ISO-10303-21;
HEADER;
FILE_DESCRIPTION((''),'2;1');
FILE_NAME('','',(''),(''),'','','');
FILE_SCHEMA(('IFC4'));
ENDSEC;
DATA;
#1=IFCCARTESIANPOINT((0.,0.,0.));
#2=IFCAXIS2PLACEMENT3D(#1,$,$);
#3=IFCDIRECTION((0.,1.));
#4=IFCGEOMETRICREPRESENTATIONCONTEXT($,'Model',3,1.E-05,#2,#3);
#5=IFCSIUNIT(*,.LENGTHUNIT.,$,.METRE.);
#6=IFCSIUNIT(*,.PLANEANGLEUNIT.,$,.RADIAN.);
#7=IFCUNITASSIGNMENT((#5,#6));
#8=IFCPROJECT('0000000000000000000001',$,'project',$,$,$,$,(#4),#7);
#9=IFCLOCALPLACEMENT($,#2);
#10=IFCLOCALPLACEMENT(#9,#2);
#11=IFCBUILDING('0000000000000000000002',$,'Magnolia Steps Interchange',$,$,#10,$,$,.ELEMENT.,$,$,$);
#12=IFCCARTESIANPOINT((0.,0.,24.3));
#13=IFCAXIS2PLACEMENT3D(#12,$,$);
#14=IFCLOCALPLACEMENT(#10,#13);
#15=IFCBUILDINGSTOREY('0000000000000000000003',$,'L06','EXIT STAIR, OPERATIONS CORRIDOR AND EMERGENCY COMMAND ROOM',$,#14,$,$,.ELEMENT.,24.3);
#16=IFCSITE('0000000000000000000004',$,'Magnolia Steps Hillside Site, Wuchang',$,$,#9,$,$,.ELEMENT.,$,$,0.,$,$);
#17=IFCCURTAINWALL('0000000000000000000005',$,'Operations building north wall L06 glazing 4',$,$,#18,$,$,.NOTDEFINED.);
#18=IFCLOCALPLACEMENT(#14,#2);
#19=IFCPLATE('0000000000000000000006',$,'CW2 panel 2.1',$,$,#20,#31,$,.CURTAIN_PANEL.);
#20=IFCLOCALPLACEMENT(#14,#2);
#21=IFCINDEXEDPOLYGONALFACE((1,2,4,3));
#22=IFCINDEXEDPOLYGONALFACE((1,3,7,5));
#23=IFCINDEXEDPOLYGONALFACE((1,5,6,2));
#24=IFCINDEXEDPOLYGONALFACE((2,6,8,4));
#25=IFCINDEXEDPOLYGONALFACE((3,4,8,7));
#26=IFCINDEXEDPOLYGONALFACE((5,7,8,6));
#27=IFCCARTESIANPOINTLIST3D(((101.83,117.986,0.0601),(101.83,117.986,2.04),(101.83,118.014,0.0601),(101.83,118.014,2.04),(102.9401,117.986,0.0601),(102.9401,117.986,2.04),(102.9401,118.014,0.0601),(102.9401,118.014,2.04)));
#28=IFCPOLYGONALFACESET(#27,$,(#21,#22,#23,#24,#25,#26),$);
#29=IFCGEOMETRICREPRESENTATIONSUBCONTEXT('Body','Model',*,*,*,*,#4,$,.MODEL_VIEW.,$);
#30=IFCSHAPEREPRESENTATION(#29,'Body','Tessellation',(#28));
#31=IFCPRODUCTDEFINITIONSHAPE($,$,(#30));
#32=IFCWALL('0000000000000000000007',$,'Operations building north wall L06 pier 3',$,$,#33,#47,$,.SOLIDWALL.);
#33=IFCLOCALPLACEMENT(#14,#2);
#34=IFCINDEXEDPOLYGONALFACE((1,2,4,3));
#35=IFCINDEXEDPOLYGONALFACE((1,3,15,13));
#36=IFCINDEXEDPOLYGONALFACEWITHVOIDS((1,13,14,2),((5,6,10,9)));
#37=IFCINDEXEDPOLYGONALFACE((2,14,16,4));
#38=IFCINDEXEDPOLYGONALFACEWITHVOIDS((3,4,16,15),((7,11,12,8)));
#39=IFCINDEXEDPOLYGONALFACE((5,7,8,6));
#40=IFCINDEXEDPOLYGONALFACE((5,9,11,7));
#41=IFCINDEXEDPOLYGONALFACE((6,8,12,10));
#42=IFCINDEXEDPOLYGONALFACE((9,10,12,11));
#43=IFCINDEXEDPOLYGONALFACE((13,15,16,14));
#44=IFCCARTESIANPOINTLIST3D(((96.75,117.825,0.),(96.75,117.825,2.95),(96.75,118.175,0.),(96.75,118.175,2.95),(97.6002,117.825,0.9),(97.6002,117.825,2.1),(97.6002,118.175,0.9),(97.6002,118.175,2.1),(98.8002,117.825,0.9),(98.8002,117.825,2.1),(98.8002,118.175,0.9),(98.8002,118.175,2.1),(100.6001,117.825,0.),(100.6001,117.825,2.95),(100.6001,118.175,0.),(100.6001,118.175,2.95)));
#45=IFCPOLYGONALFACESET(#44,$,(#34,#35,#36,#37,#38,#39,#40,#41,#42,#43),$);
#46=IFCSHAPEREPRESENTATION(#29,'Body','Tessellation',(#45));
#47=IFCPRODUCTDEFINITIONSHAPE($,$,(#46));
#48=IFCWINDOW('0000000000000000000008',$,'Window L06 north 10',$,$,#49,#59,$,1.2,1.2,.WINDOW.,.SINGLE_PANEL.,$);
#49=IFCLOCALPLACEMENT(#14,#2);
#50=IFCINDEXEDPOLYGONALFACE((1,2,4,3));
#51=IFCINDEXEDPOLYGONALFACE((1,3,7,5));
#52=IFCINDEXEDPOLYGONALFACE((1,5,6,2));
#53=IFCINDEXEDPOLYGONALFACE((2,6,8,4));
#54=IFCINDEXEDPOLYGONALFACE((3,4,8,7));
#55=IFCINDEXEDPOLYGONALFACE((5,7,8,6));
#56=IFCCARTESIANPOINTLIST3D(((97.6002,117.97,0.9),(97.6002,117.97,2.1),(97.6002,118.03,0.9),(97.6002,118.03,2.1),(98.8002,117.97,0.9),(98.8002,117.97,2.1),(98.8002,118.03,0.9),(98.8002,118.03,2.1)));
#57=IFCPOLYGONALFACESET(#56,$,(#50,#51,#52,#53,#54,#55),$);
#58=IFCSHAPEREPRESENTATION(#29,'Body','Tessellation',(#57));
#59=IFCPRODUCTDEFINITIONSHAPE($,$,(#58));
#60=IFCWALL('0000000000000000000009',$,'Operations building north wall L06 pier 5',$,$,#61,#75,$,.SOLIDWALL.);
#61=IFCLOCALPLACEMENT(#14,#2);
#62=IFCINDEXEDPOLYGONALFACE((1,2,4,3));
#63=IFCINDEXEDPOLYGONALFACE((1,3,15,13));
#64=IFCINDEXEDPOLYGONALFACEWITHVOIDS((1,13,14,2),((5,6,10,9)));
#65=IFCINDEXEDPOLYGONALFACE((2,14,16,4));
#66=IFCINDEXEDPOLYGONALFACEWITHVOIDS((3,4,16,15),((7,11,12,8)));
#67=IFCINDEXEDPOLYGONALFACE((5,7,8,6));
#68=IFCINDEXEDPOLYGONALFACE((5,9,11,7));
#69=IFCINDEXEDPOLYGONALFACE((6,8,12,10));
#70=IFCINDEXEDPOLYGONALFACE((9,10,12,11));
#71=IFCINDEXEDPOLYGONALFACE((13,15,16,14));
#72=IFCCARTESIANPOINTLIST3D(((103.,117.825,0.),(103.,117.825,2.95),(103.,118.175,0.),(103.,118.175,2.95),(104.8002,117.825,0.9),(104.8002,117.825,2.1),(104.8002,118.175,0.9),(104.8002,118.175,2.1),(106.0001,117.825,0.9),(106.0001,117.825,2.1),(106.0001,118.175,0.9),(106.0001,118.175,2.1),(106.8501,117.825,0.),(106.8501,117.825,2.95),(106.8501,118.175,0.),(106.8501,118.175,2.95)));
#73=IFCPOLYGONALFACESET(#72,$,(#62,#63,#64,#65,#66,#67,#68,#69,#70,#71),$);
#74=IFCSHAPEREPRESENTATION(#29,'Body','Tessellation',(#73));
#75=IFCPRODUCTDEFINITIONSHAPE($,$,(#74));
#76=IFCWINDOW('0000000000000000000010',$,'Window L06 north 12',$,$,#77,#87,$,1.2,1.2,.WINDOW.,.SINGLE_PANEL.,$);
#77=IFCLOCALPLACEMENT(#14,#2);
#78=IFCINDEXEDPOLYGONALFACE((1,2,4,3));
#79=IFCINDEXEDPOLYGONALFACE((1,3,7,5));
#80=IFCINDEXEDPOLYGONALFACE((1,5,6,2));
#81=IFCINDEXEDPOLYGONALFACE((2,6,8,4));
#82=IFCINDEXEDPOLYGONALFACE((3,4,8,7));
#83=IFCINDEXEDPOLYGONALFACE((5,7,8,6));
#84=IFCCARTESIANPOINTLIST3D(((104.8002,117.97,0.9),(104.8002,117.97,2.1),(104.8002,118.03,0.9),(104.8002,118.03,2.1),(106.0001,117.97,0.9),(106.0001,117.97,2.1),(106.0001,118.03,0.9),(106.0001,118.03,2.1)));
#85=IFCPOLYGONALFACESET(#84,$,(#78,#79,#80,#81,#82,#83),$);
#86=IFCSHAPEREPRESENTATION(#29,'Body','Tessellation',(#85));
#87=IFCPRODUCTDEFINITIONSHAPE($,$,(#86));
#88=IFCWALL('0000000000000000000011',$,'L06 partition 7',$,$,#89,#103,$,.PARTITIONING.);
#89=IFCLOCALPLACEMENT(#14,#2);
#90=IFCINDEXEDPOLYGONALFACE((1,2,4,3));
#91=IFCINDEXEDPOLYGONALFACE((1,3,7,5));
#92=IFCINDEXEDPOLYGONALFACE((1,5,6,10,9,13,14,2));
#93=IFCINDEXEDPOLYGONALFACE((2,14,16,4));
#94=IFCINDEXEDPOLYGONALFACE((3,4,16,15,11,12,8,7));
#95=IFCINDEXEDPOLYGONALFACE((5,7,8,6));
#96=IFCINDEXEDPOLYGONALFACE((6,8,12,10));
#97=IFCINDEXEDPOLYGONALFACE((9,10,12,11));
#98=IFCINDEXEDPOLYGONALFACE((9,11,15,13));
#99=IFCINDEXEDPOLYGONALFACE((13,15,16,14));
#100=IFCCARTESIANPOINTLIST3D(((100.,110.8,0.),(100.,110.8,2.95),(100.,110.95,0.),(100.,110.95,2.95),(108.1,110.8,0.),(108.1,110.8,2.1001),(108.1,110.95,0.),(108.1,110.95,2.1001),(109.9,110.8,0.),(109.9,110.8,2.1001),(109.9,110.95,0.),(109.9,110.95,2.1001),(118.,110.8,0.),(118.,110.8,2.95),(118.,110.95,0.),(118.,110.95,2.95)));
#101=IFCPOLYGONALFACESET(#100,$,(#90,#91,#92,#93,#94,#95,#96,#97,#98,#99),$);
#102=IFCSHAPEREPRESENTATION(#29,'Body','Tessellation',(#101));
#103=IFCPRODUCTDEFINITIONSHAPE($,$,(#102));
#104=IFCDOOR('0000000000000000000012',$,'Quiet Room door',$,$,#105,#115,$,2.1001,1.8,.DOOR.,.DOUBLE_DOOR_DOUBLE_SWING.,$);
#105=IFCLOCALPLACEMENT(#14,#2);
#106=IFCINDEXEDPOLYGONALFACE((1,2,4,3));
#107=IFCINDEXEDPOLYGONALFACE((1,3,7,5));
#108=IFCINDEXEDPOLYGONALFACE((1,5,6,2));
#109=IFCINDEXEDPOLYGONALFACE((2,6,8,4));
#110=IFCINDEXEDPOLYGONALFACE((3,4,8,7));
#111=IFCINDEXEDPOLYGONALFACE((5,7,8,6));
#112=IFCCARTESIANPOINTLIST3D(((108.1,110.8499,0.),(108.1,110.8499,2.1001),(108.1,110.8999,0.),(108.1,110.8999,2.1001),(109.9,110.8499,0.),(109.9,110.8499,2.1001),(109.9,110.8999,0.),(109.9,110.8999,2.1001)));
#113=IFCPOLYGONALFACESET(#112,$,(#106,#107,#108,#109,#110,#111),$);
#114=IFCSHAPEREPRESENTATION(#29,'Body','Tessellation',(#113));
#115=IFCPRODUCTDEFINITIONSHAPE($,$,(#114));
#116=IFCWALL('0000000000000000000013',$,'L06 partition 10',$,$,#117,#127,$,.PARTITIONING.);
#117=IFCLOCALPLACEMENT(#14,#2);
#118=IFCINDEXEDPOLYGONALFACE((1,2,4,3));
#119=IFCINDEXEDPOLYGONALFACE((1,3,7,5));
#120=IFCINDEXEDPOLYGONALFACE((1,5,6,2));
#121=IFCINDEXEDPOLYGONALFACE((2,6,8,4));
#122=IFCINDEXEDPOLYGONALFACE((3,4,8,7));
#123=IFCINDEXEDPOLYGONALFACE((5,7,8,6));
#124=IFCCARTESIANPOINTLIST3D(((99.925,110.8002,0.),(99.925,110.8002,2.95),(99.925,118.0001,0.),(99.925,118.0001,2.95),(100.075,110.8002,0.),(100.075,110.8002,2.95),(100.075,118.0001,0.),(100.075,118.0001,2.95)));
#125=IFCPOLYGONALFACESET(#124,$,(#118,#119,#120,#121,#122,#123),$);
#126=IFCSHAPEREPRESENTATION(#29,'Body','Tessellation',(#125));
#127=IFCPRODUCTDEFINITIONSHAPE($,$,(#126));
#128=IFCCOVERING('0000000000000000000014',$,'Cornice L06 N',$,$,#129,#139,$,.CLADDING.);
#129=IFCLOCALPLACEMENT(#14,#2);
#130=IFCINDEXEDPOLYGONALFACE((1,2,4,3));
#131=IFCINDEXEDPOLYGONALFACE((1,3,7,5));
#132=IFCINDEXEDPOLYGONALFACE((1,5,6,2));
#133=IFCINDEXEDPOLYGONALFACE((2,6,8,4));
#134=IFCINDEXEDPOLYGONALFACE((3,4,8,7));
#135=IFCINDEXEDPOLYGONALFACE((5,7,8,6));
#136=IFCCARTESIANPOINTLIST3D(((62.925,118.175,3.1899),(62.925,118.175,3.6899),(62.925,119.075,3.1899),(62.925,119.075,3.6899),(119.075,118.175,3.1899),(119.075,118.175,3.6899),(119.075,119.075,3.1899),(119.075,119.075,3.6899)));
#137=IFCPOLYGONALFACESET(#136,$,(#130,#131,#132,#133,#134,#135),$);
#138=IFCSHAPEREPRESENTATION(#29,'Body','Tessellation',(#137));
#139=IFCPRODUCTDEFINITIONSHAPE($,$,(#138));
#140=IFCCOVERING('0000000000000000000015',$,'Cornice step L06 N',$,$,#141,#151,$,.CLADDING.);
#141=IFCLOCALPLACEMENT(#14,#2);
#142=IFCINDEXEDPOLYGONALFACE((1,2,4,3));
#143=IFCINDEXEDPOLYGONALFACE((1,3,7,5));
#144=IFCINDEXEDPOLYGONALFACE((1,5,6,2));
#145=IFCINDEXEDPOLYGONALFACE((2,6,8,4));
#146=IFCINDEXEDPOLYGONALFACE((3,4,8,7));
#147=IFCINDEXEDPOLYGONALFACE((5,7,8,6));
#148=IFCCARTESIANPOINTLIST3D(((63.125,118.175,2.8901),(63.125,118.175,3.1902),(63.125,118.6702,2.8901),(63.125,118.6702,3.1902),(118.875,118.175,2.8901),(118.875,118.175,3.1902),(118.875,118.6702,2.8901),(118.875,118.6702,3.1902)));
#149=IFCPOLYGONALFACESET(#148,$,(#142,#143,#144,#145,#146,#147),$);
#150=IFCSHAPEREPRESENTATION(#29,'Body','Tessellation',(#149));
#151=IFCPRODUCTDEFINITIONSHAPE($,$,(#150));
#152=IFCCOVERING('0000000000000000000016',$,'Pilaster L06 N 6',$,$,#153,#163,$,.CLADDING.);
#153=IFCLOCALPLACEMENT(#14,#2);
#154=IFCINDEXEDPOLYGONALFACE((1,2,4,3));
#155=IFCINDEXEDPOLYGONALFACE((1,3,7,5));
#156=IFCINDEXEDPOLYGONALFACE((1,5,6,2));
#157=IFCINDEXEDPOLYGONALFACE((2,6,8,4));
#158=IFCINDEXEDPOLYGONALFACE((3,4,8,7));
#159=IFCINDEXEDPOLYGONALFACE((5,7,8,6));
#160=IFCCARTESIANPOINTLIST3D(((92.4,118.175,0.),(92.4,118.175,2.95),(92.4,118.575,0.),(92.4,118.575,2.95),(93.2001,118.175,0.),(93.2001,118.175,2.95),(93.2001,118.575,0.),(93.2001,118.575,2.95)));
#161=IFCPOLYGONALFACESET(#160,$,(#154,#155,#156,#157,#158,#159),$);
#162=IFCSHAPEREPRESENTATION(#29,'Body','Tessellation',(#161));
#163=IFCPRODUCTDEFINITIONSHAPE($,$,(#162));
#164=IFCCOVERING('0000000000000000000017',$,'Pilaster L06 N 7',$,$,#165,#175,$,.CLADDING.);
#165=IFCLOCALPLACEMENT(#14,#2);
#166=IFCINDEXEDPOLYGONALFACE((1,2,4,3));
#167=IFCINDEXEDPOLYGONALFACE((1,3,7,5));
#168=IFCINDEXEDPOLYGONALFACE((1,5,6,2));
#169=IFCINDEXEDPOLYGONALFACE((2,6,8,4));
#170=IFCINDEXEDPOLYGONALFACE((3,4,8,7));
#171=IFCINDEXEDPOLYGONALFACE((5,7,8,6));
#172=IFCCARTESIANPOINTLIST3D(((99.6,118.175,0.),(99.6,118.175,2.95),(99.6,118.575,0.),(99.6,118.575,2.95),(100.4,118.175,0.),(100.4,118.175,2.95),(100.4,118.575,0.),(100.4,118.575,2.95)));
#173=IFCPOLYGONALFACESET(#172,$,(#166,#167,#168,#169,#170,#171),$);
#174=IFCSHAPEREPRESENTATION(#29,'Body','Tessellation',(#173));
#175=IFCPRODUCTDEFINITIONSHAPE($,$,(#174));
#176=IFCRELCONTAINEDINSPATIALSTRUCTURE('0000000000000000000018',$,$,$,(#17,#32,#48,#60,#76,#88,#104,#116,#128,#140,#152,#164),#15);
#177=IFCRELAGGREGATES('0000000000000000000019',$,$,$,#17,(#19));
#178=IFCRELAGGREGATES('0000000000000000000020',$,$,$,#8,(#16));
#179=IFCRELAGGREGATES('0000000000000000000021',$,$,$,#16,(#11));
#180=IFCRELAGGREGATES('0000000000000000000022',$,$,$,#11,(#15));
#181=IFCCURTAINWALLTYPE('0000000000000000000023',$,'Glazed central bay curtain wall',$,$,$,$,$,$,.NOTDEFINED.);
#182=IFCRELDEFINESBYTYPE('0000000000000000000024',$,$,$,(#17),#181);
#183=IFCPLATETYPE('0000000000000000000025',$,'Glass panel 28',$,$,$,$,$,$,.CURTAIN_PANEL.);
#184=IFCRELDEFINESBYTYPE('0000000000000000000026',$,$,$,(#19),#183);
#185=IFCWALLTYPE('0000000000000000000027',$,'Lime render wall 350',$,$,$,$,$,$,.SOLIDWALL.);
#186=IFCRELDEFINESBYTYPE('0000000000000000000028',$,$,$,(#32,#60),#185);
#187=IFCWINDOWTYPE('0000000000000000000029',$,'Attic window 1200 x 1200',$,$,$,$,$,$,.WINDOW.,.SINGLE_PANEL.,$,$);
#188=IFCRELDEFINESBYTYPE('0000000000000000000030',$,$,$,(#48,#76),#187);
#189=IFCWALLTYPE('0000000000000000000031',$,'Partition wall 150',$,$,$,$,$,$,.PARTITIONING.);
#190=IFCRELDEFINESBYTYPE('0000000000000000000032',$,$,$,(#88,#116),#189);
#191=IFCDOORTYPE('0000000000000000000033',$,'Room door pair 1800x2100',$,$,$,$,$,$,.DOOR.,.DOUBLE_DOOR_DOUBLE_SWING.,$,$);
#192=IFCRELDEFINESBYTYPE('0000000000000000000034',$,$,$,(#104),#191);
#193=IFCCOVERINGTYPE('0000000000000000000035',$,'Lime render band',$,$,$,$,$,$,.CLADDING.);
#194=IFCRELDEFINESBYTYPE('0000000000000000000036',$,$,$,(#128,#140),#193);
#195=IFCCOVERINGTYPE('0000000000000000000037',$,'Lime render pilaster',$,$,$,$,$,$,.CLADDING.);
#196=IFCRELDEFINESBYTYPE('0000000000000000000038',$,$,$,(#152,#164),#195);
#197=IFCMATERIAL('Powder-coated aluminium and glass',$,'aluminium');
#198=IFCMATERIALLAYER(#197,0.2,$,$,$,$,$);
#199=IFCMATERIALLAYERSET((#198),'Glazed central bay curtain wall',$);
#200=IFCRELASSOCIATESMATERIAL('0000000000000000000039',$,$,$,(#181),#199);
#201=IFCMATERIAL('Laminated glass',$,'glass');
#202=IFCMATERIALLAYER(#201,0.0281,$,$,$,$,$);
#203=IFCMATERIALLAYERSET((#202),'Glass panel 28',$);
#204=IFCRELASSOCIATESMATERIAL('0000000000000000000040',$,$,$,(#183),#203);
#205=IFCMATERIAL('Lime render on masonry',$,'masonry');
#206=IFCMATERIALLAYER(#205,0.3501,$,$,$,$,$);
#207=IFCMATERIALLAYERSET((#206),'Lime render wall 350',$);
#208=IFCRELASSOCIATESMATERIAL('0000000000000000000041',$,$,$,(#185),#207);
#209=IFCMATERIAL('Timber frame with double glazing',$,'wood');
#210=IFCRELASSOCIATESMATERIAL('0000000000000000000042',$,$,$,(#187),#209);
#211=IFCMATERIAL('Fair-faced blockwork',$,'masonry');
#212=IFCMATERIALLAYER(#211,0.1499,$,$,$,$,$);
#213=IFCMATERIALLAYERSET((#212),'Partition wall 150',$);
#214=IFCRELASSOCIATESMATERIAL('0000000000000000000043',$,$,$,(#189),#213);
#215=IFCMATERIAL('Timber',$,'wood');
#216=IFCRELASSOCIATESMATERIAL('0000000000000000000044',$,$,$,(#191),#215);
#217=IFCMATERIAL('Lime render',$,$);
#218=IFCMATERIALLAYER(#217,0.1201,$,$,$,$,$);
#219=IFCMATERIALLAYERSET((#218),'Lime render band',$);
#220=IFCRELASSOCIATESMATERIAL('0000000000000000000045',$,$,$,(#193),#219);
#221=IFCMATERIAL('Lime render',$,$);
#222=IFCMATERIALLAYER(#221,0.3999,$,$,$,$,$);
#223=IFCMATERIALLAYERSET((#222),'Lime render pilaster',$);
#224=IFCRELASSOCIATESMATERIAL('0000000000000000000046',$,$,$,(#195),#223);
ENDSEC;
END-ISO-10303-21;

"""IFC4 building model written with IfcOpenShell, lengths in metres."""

from ifc_helpers import new_model, si_unit, direction, frame, frame_2d, origin, origin_2d, place, context, subcontext, project, spatial, rectangle, extrude, material, layer, layer_set, type_object, element, fill, aggregate, save


model = new_model("IFC4")

# Units and contexts
model_context = context("Model", 3, precision=1e-05, world=origin(), true_north=direction((0.0, 1.0)))
body_context = subcontext(model_context, "Body", "Model", "MODEL_VIEW")
ifc_project = project(units=[si_unit("LENGTHUNIT", "METRE"), si_unit("PLANEANGLEUNIT", "RADIAN")], contexts=[model_context])

# Site, building, storey
site_placement = place(None, origin())
site = spatial("IfcSite", under=ifc_project, at=site_placement, Name="Magnolia Steps Hillside Site, Wuchang", CompositionType="ELEMENT", RefElevation=0.0)
building_placement = place(site_placement, origin())
building = spatial("IfcBuilding", under=site, at=building_placement, Name="Magnolia Steps Interchange", CompositionType="ELEMENT")
storey_placement = place(building_placement, frame((0.0, 0.0, 24.3)))
storey = spatial("IfcBuildingStorey", under=building, at=storey_placement, Name="L06", Description="EXIT STAIR, OPERATIONS CORRIDOR AND EMERGENCY COMMAND ROOM", CompositionType="ELEMENT", Elevation=24.3)

# Curtain wall
ifc_material_1 = material(Name="Powder-coated aluminium and glass", Category="aluminium")
ifc_layer_1 = layer(ifc_material_1, 0.2)
ifc_layer_set_1 = layer_set([ifc_layer_1], Name="Glazed central bay curtain wall")
curtain_wall_type = type_object("IfcCurtainWallType", Name="Glazed central bay curtain wall", PredefinedType="NOTDEFINED", material=ifc_layer_set_1)
curtain_wall_placement = place(storey_placement, origin())
curtain_wall = element("IfcCurtainWall", 1, at=curtain_wall_placement, inside=storey, type_object=curtain_wall_type, Name="Operations building north wall L06 glazing 4", PredefinedType="NOTDEFINED")

# Plate
ifc_material_2 = material(Name="Laminated glass", Category="glass")
ifc_layer_2 = layer(ifc_material_2, 0.0281)
ifc_layer_set_2 = layer_set([ifc_layer_2], Name="Glass panel 28")
plate_type = type_object("IfcPlateType", Name="Glass panel 28", PredefinedType="CURTAIN_PANEL", material=ifc_layer_set_2)
plate_1_placement = place(storey_placement, frame((102.385, 118.0, 0.0601), z_axis=(0.0, 0.0, 1.0), x_axis=(1.0, 0.0, 0.0)))
plate_1 = element("IfcPlate", 2, at=plate_1_placement, type_object=plate_type, Name="CW2 panel 2.1", PredefinedType="CURTAIN_PANEL", context=body_context, shape_type="SweptSolid", body=[
    extrude(rectangle(XDim=1.1101, YDim=0.0281, at=origin_2d()), origin(), (0.0, 0.0, 1.0), 1.98),
])
aggregate(curtain_wall, [plate_1])

# Walls, openings, windows
ifc_material_3 = material(Name="Lime render on masonry", Category="masonry")
ifc_layer_3 = layer(ifc_material_3, 0.3501)
ifc_layer_set_3 = layer_set([ifc_layer_3], Name="Lime render wall 350")
wall_type_1 = type_object("IfcWallType", Name="Lime render wall 350", PredefinedType="SOLIDWALL", material=ifc_layer_set_3)
wall_1_placement = place(storey_placement, frame((96.75, 118.0, 0.0), z_axis=(0.0, 0.0, 1.0), x_axis=(1.0, 0.0, 0.0)))
wall_1 = element("IfcWall", 3, at=wall_1_placement, inside=storey, type_object=wall_type_1, Name="Operations building north wall L06 pier 3", PredefinedType="SOLIDWALL", context=body_context, shape_type="SweptSolid", body=[
    extrude(rectangle(XDim=3.8501, YDim=0.3501, at=frame_2d((1.925, 0.0))), origin(), (0.0, 0.0, 1.0), 2.95),
])
opening_1_placement = place(wall_1_placement, frame((0.8501, 0.0, 0.8999)))
opening_1 = element("IfcOpeningElement", 4, at=opening_1_placement, cuts=wall_1, PredefinedType="OPENING", context=body_context, shape_type="SweptSolid", body=[
    extrude(rectangle(XDim=1.2, YDim=1.2, at=frame_2d((0.6001, 0.6001))), frame((0.0, 0.1851, 0.0), z_axis=(0.0, -1.0, 0.0), x_axis=(1.0, 0.0, 0.0)), (0.0, 0.0, 1.0), 0.3701),
])
ifc_material_4 = material(Name="Timber frame with double glazing", Category="wood")
window_type = type_object("IfcWindowType", Name="Attic window 1200 x 1200", PartitioningType="SINGLE_PANEL", PredefinedType="WINDOW", material=ifc_material_4)
window_1_placement = place(opening_1_placement, origin())
window_1 = element("IfcWindow", 5, at=window_1_placement, inside=storey, type_object=window_type, Name="Window L06 north 10", OverallHeight=1.2, OverallWidth=1.2, PartitioningType="SINGLE_PANEL", PredefinedType="WINDOW", context=body_context, shape_type="SweptSolid", body=[
    extrude(rectangle(XDim=1.2, YDim=1.2, at=frame_2d((0.6001, 0.6001))), frame((0.0, 0.03, 0.0), z_axis=(0.0, -1.0, 0.0), x_axis=(1.0, 0.0, 0.0)), (0.0, 0.0, 1.0), 0.0601),
])
fill(opening_1, window_1)
wall_2_placement = place(storey_placement, frame((103.0, 118.0, 0.0), z_axis=(0.0, 0.0, 1.0), x_axis=(1.0, 0.0, 0.0)))
wall_2 = element("IfcWall", 6, at=wall_2_placement, inside=storey, type_object=wall_type_1, Name="Operations building north wall L06 pier 5", PredefinedType="SOLIDWALL", context=body_context, shape_type="SweptSolid", body=[
    extrude(rectangle(XDim=3.8501, YDim=0.3501, at=frame_2d((1.925, 0.0))), origin(), (0.0, 0.0, 1.0), 2.95),
])
opening_2_placement = place(wall_2_placement, frame((1.8, 0.0, 0.8999)))
opening_2 = element("IfcOpeningElement", 7, at=opening_2_placement, cuts=wall_2, PredefinedType="OPENING", context=body_context, shape_type="SweptSolid", body=[
    extrude(rectangle(XDim=1.2, YDim=1.2, at=frame_2d((0.6001, 0.6001))), frame((0.0, 0.1851, 0.0), z_axis=(0.0, -1.0, 0.0), x_axis=(1.0, 0.0, 0.0)), (0.0, 0.0, 1.0), 0.3701),
])
window_2_placement = place(opening_2_placement, origin())
window_2 = element("IfcWindow", 8, at=window_2_placement, inside=storey, type_object=window_type, Name="Window L06 north 12", OverallHeight=1.2, OverallWidth=1.2, PartitioningType="SINGLE_PANEL", PredefinedType="WINDOW", context=body_context, shape_type="SweptSolid", body=[
    extrude(rectangle(XDim=1.2, YDim=1.2, at=frame_2d((0.6001, 0.6001))), frame((0.0, 0.03, 0.0), z_axis=(0.0, -1.0, 0.0), x_axis=(1.0, 0.0, 0.0)), (0.0, 0.0, 1.0), 0.0601),
])
fill(opening_2, window_2)

# Wall, opening, door
ifc_material_5 = material(Name="Fair-faced blockwork", Category="masonry")
ifc_layer_4 = layer(ifc_material_5, 0.1499)
ifc_layer_set_4 = layer_set([ifc_layer_4], Name="Partition wall 150")
wall_type_2 = type_object("IfcWallType", Name="Partition wall 150", PredefinedType="PARTITIONING", material=ifc_layer_set_4)
wall_3_placement = place(storey_placement, frame((100.0, 110.875, 0.0), z_axis=(0.0, 0.0, 1.0), x_axis=(1.0, 0.0, 0.0)))
wall_3 = element("IfcWall", 9, at=wall_3_placement, inside=storey, type_object=wall_type_2, Name="L06 partition 7", PredefinedType="PARTITIONING", context=body_context, shape_type="SweptSolid", body=[
    extrude(rectangle(XDim=18.0, YDim=0.1499, at=frame_2d((9.0, 0.0))), origin(), (0.0, 0.0, 1.0), 2.95),
])
opening_3_placement = place(wall_3_placement, frame((8.1001, 0.0, 0.0)))
opening_3 = element("IfcOpeningElement", 10, at=opening_3_placement, cuts=wall_3, PredefinedType="OPENING", context=body_context, shape_type="SweptSolid", body=[
    extrude(rectangle(XDim=1.8, YDim=2.1001, at=frame_2d((0.8999, 1.05))), frame((0.0, 0.085, 0.0), z_axis=(0.0, -1.0, 0.0), x_axis=(1.0, 0.0, 0.0)), (0.0, 0.0, 1.0), 0.1699),
])
ifc_material_6 = material(Name="Timber", Category="wood")
door_type = type_object("IfcDoorType", Name="Room door pair 1800x2100", OperationType="DOUBLE_DOOR_DOUBLE_SWING", PredefinedType="DOOR", material=ifc_material_6)
door_placement = place(opening_3_placement, origin())
door = element("IfcDoor", 11, at=door_placement, inside=storey, type_object=door_type, Name="Quiet Room door", OperationType="DOUBLE_DOOR_DOUBLE_SWING", OverallHeight=2.1001, OverallWidth=1.8, PredefinedType="DOOR", context=body_context, shape_type="SweptSolid", body=[
    extrude(rectangle(XDim=1.8, YDim=2.1001, at=frame_2d((0.8999, 1.05))), frame((0.0, 0.0249, 0.0), z_axis=(0.0, -1.0, 0.0), x_axis=(1.0, 0.0, 0.0)), (0.0, 0.0, 1.0), 0.05),
])
fill(opening_3, door)

# Wall
wall_4_placement = place(storey_placement, frame((100.0, 110.8, 0.0), z_axis=(0.0, 0.0, 1.0), x_axis=(0.0, 1.0, 0.0)))
element("IfcWall", 12, at=wall_4_placement, inside=storey, type_object=wall_type_2, Name="L06 partition 10", PredefinedType="PARTITIONING", context=body_context, shape_type="SweptSolid", body=[
    extrude(rectangle(XDim=7.2, YDim=0.1499, at=frame_2d((3.6001, 0.0))), origin(), (0.0, 0.0, 1.0), 2.95),
])

# Coverings
ifc_material_7 = material(Name="Lime render")
ifc_layer_5 = layer(ifc_material_7, 0.1201)
ifc_layer_set_5 = layer_set([ifc_layer_5], Name="Lime render band")
covering_type_1 = type_object("IfcCoveringType", Name="Lime render band", PredefinedType="CLADDING", material=ifc_layer_set_5)
covering_1_placement = place(storey_placement, frame((91.0, 118.625, 3.1899), z_axis=(0.0, 0.0, 1.0), x_axis=(1.0, 0.0, 0.0)))
element("IfcCovering", 13, at=covering_1_placement, inside=storey, type_object=covering_type_1, Name="Cornice L06 N", PredefinedType="CLADDING", context=body_context, shape_type="SweptSolid", body=[
    extrude(rectangle(XDim=56.1499, YDim=0.8999, at=origin_2d()), origin(), (0.0, 0.0, 1.0), 0.5),
])
covering_2_placement = place(storey_placement, frame((91.0, 118.4226, 2.8901), z_axis=(0.0, 0.0, 1.0), x_axis=(1.0, 0.0, 0.0)))
element("IfcCovering", 14, at=covering_2_placement, inside=storey, type_object=covering_type_1, Name="Cornice step L06 N", PredefinedType="CLADDING", context=body_context, shape_type="SweptSolid", body=[
    extrude(rectangle(XDim=55.75, YDim=0.4951, at=origin_2d()), origin(), (0.0, 0.0, 1.0), 0.3),
])
ifc_material_8 = material(Name="Lime render")
ifc_layer_6 = layer(ifc_material_8, 0.3999)
ifc_layer_set_6 = layer_set([ifc_layer_6], Name="Lime render pilaster")
covering_type_2 = type_object("IfcCoveringType", Name="Lime render pilaster", PredefinedType="CLADDING", material=ifc_layer_set_6)
for number, where, z_axis, x_axis, name in (
    (15, (92.8, 118.375, 0.0), (0.0, 0.0, 1.0), (1.0, 0.0, 0.0), "Pilaster L06 N 6"),
    (16, (100.0, 118.375, 0.0), (0.0, 0.0, 1.0), (1.0, 0.0, 0.0), "Pilaster L06 N 7"),
):
    element("IfcCovering", number, at=place(storey_placement, frame(where, z_axis=z_axis, x_axis=x_axis)), inside=storey, type_object=covering_type_2, Name=name, PredefinedType="CLADDING", context=body_context, shape_type="SweptSolid", body=[
        extrude(rectangle(XDim=0.8, YDim=0.3999, at=origin_2d()), origin(), (0.0, 0.0, 1.0), 2.95),
    ])

save(model, "model.ifc")
